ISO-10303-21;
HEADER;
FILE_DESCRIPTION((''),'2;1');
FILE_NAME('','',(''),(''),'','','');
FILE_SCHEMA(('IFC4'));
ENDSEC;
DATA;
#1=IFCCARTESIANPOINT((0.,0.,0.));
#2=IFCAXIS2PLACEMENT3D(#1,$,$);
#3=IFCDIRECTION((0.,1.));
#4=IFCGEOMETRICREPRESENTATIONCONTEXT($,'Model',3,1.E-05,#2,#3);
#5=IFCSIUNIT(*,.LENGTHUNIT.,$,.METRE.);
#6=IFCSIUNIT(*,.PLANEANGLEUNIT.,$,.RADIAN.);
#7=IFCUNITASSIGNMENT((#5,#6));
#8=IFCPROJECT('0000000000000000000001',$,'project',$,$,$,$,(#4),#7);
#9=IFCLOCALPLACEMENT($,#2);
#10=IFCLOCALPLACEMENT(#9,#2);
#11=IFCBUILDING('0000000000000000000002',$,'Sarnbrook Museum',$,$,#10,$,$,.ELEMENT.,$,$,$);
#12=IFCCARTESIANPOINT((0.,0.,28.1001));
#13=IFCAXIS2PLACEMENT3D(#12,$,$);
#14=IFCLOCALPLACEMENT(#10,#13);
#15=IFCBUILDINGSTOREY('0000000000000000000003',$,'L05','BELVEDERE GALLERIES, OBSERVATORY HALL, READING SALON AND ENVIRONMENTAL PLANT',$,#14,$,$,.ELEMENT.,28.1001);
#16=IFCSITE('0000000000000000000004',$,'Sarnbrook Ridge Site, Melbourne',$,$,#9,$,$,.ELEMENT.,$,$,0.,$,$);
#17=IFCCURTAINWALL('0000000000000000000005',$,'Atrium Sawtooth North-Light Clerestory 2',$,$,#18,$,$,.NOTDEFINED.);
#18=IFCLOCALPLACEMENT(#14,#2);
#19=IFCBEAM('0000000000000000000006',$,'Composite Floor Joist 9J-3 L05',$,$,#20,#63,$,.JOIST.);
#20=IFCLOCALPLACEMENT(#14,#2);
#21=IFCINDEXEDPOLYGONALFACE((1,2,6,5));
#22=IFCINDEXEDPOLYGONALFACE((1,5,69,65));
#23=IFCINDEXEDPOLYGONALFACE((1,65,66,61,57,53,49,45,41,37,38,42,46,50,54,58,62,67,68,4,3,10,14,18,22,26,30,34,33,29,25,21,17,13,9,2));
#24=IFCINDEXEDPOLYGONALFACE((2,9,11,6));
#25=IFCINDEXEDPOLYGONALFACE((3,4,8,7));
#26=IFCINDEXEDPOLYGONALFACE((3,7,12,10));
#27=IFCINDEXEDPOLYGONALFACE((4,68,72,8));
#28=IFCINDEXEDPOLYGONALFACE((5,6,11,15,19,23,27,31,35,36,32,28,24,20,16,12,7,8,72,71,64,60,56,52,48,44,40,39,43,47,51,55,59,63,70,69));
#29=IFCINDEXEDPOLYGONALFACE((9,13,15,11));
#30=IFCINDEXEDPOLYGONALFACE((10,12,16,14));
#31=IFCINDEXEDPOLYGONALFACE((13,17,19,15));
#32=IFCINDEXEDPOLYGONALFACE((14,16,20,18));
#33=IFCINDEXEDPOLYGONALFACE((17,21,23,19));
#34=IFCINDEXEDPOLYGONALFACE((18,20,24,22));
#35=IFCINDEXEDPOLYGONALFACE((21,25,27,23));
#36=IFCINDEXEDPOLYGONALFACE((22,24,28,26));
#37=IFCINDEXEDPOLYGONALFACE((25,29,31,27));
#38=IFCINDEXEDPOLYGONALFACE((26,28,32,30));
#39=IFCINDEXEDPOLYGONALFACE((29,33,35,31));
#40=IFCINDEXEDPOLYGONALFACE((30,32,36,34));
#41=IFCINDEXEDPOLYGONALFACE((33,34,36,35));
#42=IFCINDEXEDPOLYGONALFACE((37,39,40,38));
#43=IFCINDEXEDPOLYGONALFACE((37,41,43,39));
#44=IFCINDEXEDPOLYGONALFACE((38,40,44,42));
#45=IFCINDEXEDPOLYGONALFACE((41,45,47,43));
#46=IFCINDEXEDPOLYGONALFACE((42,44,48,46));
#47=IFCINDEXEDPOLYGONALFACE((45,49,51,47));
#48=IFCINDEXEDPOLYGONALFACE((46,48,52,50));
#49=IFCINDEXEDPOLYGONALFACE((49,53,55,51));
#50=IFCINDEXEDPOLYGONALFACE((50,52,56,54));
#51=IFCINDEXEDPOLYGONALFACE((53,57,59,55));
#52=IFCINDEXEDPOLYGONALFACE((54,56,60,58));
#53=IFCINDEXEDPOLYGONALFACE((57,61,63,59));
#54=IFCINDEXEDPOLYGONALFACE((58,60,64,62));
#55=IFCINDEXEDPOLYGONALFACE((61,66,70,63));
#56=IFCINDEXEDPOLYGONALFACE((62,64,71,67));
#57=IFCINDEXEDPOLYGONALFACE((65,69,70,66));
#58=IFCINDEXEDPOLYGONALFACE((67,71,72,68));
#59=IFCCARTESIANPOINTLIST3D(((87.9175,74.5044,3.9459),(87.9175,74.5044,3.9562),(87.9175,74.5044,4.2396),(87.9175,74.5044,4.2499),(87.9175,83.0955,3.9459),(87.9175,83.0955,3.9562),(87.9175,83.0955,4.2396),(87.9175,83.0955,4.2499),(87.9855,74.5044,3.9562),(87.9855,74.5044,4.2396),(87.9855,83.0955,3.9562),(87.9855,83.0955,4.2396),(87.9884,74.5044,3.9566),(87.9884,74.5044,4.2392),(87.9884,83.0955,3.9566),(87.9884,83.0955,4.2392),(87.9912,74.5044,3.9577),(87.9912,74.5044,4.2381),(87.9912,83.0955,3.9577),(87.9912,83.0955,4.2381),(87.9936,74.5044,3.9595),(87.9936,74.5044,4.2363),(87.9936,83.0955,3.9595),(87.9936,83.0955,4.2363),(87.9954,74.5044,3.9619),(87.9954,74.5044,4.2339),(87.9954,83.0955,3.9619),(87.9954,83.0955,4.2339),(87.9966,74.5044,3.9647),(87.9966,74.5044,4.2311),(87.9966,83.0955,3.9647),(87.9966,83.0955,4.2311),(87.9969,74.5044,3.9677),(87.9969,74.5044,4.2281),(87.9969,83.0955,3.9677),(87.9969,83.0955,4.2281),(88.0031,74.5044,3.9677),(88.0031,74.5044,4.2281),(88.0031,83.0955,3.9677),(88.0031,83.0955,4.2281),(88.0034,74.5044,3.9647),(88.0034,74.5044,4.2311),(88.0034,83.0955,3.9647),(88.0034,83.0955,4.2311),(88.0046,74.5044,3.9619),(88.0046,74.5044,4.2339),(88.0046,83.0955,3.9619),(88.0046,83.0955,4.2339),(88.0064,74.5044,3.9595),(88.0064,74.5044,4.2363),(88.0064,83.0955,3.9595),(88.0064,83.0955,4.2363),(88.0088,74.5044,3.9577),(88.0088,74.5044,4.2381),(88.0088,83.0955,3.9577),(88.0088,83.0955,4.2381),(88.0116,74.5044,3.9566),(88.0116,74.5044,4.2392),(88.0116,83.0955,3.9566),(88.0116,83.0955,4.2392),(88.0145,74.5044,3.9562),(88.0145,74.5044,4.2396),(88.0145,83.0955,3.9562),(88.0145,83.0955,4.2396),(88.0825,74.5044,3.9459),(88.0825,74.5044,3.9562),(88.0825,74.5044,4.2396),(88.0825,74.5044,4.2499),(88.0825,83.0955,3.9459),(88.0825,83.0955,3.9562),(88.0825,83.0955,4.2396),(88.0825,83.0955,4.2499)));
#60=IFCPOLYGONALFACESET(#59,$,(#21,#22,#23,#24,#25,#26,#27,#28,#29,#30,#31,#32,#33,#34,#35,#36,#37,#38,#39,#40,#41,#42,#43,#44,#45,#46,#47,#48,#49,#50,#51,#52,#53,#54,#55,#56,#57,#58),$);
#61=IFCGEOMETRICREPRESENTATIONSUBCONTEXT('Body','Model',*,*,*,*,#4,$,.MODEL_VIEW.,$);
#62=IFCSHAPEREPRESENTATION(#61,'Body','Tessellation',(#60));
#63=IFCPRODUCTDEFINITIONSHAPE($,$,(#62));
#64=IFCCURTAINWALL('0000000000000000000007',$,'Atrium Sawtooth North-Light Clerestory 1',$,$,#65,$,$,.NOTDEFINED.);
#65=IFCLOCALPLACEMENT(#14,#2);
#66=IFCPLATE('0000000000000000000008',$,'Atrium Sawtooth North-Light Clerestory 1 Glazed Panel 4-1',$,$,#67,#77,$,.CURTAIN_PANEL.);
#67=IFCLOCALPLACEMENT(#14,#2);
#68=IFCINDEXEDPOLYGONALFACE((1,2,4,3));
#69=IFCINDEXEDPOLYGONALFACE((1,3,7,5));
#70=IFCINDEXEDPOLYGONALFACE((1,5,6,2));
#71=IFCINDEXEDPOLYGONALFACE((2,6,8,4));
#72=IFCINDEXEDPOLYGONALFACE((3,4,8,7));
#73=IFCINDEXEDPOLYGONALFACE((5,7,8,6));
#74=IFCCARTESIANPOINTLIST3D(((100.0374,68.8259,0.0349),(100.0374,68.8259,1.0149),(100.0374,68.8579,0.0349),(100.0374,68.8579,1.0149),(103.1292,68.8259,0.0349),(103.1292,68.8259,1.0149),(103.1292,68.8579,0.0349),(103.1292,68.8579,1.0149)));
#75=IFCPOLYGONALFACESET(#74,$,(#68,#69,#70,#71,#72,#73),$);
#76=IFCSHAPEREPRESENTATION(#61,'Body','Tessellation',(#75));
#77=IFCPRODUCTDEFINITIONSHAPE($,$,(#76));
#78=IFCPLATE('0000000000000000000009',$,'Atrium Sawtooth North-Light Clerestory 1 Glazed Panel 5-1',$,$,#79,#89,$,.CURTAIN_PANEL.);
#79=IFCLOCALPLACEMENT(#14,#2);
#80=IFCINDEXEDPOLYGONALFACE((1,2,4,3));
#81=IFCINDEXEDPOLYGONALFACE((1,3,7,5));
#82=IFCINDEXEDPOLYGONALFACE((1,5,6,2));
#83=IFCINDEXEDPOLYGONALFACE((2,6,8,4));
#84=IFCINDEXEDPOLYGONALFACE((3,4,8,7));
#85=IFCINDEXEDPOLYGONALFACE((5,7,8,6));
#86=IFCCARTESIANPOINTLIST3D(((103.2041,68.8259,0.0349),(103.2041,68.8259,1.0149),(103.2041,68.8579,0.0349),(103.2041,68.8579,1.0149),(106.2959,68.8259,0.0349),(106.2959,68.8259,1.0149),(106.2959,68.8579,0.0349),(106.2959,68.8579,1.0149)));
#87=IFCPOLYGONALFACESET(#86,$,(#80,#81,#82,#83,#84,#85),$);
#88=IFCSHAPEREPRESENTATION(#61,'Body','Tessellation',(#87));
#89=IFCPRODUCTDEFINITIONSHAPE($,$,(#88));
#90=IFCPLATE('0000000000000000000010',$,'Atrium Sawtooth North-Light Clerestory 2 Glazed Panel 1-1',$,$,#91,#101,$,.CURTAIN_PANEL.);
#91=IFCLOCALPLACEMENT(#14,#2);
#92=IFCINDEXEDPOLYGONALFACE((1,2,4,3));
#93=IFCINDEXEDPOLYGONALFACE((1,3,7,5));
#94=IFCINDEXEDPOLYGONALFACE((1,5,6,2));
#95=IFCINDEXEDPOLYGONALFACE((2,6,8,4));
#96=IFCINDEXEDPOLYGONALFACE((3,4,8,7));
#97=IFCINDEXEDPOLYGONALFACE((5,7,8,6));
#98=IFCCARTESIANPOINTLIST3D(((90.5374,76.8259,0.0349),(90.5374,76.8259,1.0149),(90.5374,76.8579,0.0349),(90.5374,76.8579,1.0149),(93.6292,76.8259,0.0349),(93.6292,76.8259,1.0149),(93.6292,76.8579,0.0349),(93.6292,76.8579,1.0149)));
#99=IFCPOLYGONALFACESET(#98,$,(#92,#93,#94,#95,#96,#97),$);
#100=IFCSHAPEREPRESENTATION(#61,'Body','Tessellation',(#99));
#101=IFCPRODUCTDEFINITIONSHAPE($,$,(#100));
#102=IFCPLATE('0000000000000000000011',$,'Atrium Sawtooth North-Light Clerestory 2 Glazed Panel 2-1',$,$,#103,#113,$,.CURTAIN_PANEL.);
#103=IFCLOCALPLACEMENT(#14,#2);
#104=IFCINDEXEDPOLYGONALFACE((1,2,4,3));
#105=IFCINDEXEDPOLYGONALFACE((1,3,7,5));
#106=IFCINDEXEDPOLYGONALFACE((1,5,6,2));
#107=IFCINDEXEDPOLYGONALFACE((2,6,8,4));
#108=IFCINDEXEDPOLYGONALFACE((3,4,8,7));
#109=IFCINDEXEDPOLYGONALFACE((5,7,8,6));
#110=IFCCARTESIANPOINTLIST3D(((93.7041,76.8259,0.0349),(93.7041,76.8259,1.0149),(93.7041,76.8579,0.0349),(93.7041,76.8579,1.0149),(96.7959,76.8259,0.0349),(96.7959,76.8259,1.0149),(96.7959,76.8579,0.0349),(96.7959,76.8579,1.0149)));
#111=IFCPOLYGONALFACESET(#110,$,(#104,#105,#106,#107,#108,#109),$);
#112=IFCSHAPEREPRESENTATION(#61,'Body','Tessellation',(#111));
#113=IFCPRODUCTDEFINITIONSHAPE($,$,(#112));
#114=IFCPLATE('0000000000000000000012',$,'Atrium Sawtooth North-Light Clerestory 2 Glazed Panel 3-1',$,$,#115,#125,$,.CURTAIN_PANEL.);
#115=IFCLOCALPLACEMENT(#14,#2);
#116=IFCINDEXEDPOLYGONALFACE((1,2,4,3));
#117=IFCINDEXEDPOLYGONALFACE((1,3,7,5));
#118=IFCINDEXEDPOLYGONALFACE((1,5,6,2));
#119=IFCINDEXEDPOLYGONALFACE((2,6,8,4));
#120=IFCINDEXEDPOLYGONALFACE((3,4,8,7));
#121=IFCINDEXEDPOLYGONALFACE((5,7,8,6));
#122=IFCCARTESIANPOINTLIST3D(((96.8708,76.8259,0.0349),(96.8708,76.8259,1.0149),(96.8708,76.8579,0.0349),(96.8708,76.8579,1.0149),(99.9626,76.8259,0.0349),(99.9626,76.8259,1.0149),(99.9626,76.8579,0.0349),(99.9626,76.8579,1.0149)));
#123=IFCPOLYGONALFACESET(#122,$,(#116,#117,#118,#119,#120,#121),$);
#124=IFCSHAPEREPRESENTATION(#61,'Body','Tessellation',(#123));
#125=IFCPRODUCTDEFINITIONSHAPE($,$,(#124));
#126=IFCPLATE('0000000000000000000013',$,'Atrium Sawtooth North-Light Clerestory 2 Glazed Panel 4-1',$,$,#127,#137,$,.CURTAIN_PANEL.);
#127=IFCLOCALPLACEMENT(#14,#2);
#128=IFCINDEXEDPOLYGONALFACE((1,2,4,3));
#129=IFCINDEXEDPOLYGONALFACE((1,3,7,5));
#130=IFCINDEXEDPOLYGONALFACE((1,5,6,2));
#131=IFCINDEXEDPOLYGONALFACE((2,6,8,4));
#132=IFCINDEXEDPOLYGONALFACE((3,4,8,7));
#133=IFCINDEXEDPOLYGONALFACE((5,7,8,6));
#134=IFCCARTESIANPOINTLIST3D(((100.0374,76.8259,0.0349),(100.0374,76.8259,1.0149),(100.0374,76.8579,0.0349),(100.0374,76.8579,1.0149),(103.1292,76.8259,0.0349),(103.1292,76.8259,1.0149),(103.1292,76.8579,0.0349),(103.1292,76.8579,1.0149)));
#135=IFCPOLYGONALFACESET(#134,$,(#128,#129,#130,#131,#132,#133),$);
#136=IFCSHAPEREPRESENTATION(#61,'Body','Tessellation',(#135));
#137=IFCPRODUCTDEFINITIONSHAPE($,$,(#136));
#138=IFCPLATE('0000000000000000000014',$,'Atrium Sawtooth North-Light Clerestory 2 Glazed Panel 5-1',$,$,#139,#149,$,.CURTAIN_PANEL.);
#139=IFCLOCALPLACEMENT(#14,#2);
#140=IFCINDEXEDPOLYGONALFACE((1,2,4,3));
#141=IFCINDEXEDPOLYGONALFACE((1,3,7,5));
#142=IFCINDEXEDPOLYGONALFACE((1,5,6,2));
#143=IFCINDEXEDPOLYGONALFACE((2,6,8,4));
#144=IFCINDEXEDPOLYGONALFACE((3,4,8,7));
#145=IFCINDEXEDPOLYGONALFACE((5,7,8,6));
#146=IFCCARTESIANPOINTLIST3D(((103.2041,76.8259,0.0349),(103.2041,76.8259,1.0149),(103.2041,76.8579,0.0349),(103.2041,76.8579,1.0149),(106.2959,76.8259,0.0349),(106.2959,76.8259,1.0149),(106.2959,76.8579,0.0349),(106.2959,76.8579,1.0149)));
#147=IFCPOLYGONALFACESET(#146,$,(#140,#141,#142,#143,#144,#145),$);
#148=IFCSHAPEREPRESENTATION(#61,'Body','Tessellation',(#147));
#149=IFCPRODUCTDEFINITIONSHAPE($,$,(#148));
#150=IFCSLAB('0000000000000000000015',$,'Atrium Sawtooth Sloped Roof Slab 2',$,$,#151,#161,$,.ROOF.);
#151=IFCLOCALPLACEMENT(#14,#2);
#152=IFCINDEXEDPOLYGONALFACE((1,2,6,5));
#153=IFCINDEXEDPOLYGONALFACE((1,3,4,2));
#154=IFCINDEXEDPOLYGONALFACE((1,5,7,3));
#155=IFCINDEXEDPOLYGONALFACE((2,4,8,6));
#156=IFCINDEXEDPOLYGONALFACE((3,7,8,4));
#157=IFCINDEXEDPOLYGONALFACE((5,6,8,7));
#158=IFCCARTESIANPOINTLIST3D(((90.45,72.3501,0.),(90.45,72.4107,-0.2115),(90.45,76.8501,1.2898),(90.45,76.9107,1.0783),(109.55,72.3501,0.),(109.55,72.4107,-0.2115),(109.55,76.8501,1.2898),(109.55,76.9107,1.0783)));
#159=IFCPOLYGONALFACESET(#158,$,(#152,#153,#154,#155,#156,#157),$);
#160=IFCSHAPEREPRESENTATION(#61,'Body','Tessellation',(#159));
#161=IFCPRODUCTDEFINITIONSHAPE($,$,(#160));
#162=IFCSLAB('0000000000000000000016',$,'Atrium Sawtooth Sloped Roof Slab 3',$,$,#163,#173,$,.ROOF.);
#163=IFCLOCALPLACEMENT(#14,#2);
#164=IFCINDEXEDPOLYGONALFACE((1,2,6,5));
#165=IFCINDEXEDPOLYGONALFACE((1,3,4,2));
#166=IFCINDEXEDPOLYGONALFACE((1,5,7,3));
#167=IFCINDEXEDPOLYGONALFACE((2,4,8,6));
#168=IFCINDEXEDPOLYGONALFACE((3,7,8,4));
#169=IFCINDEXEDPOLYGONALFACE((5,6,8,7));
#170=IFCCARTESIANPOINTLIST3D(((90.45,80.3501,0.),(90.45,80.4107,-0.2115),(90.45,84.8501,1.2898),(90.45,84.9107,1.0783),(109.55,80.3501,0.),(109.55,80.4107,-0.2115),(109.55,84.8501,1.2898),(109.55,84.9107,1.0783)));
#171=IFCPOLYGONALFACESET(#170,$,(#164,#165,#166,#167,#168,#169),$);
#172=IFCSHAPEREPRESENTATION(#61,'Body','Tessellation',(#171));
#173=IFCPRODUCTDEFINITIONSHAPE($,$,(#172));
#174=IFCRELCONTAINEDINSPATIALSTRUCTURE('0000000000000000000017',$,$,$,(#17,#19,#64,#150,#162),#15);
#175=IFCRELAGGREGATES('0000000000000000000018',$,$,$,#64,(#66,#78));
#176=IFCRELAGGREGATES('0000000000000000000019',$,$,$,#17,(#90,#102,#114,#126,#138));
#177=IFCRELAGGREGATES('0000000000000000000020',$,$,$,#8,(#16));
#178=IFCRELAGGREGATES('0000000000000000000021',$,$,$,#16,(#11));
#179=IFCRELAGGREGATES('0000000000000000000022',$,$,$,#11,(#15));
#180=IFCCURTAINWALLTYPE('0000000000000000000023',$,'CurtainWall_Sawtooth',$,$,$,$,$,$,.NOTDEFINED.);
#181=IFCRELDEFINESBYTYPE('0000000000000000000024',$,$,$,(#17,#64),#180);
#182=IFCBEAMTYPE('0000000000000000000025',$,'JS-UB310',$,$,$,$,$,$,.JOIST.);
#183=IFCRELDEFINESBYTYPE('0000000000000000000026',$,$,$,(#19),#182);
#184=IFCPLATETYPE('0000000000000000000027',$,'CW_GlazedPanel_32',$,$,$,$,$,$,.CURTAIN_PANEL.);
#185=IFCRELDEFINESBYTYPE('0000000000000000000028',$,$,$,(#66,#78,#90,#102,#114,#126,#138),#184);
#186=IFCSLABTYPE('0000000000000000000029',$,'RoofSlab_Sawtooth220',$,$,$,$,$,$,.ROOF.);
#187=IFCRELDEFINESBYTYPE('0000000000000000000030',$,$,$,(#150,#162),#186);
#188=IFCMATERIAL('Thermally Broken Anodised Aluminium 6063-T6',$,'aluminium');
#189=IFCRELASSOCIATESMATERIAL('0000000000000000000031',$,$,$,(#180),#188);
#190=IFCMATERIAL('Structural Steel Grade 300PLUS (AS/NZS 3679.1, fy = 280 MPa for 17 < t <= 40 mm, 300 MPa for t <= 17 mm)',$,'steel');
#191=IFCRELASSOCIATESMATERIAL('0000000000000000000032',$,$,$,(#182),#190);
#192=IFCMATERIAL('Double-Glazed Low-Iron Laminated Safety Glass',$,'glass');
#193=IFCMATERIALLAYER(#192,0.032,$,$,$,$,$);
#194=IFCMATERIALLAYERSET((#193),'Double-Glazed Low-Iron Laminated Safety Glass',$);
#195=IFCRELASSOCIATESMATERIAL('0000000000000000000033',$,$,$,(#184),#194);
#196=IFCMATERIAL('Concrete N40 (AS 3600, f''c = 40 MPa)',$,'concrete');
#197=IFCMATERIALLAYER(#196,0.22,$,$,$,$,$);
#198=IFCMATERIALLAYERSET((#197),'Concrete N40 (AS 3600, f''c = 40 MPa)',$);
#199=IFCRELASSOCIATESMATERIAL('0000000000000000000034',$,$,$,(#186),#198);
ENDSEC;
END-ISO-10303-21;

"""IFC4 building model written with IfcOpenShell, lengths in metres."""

from ifc_helpers import new_model, si_unit, direction, frame, origin, origin_2d, place, context, subcontext, project, spatial, polyline, rectangle, i_section, outline, extrude, material, layer, layer_set, material_profile, profile_set, type_object, element, aggregate, save


model = new_model("IFC4")

# Units and contexts
model_context = context("Model", 3, precision=1e-05, world=origin(), true_north=direction((0.0, 1.0)))
body_context = subcontext(model_context, "Body", "Model", "MODEL_VIEW")
ifc_project = project(units=[si_unit("LENGTHUNIT", "METRE"), si_unit("PLANEANGLEUNIT", "RADIAN")], contexts=[model_context])

# Site, building, storey
site_placement = place(None, origin())
site = spatial("IfcSite", under=ifc_project, at=site_placement, Name="Sarnbrook Ridge Site, Melbourne", CompositionType="ELEMENT", RefElevation=0.0)
building_placement = place(site_placement, origin())
building = spatial("IfcBuilding", under=site, at=building_placement, Name="Sarnbrook Museum", CompositionType="ELEMENT")
storey_placement = place(building_placement, frame((0.0, 0.0, 28.1001)))
storey = spatial("IfcBuildingStorey", under=building, at=storey_placement, Name="L05", Description="BELVEDERE GALLERIES, OBSERVATORY HALL, READING SALON AND ENVIRONMENTAL PLANT", CompositionType="ELEMENT", Elevation=28.1001)

# Shared definitions
ifc_material_1 = material(Name="Structural Steel Grade 300PLUS (AS/NZS 3679.1, fy = 280 MPa for 17 < t <= 40 mm, 300 MPa for t <= 17 mm)", Category="steel")

# Curtain wall
ifc_material_2 = material(Name="Thermally Broken Anodised Aluminium 6063-T6", Category="aluminium")
curtain_wall_type = type_object("IfcCurtainWallType", Name="CurtainWall_Sawtooth", PredefinedType="NOTDEFINED", material=ifc_material_2)
curtain_wall_1_placement = place(storey_placement, origin())
curtain_wall_1 = element("IfcCurtainWall", 1, at=curtain_wall_1_placement, inside=storey, type_object=curtain_wall_type, Name="Atrium Sawtooth North-Light Clerestory 2", PredefinedType="NOTDEFINED")

# Beam
ifc_material_profile_1 = material_profile(ifc_material_1, i_section(OverallWidth=0.165, OverallDepth=0.304, WebThickness=0.0061, FlangeThickness=0.0103, FilletRadius=0.0115, at=origin_2d()), Name="310UB40.4")
ifc_profile_set_1 = profile_set([ifc_material_profile_1], Name="Structural Steel Grade 300PLUS (AS/NZS 3679.1, fy = 280 MPa for 17 < t <= 40 mm, 300 MPa for t <= 17 mm)")
beam_type_1 = type_object("IfcBeamType", Name="JS-UB310", PredefinedType="JOIST", material=ifc_profile_set_1)
beam_1_placement = place(storey_placement, frame((88.0, 74.5044, 4.0979), z_axis=(0.0, 1.0, 0.0), x_axis=(-1.0, 0.0, 0.0)))
element("IfcBeam", 2, at=beam_1_placement, inside=storey, type_object=beam_type_1, Name="Composite Floor Joist 9J-3 L05", PredefinedType="JOIST", context=body_context, shape_type="SweptSolid", body=[
    extrude(i_section(OverallWidth=0.165, OverallDepth=0.304, WebThickness=0.0061, FlangeThickness=0.0103, FilletRadius=0.0115, at=origin_2d()), origin(), (0.0, 0.0, 1.0), 8.5911),
])

# Curtain wall, plates
curtain_wall_2_placement = place(storey_placement, origin())
curtain_wall_2 = element("IfcCurtainWall", 3, at=curtain_wall_2_placement, inside=storey, type_object=curtain_wall_type, Name="Atrium Sawtooth North-Light Clerestory 1", PredefinedType="NOTDEFINED")
ifc_material_3 = material(Name="Double-Glazed Low-Iron Laminated Safety Glass", Category="glass")
ifc_layer_1 = layer(ifc_material_3, 0.032)
ifc_layer_set_1 = layer_set([ifc_layer_1], Name="Double-Glazed Low-Iron Laminated Safety Glass")
plate_type = type_object("IfcPlateType", Name="CW_GlazedPanel_32", PredefinedType="CURTAIN_PANEL", material=ifc_layer_set_1)
plate_1_placement = place(storey_placement, frame((101.5833, 68.8579, 0.5249), z_axis=(0.0, -1.0, 0.0), x_axis=(1.0, 0.0, 0.0)))
plate_1 = element("IfcPlate", 4, at=plate_1_placement, type_object=plate_type, Name="Atrium Sawtooth North-Light Clerestory 1 Glazed Panel 4-1", PredefinedType="CURTAIN_PANEL", context=body_context, shape_type="SweptSolid", body=[
    extrude(rectangle(XDim=3.0918, YDim=0.98, at=origin_2d()), origin(), (0.0, 0.0, 1.0), 0.032),
])
plate_2_placement = place(storey_placement, frame((104.75, 68.8579, 0.5249), z_axis=(0.0, -1.0, 0.0), x_axis=(1.0, 0.0, 0.0)))
plate_2 = element("IfcPlate", 5, at=plate_2_placement, type_object=plate_type, Name="Atrium Sawtooth North-Light Clerestory 1 Glazed Panel 5-1", PredefinedType="CURTAIN_PANEL", context=body_context, shape_type="SweptSolid", body=[
    extrude(rectangle(XDim=3.0918, YDim=0.98, at=origin_2d()), origin(), (0.0, 0.0, 1.0), 0.032),
])
aggregate(curtain_wall_2, [plate_1, plate_2])

# Plates
plate_3_placement = place(storey_placement, frame((92.0833, 76.8579, 0.5249), z_axis=(0.0, -1.0, 0.0), x_axis=(1.0, 0.0, 0.0)))
plate_3 = element("IfcPlate", 6, at=plate_3_placement, type_object=plate_type, Name="Atrium Sawtooth North-Light Clerestory 2 Glazed Panel 1-1", PredefinedType="CURTAIN_PANEL", context=body_context, shape_type="SweptSolid", body=[
    extrude(rectangle(XDim=3.0918, YDim=0.98, at=origin_2d()), origin(), (0.0, 0.0, 1.0), 0.032),
])
plate_4_placement = place(storey_placement, frame((95.25, 76.8579, 0.5249), z_axis=(0.0, -1.0, 0.0), x_axis=(1.0, 0.0, 0.0)))
plate_4 = element("IfcPlate", 7, at=plate_4_placement, type_object=plate_type, Name="Atrium Sawtooth North-Light Clerestory 2 Glazed Panel 2-1", PredefinedType="CURTAIN_PANEL", context=body_context, shape_type="SweptSolid", body=[
    extrude(rectangle(XDim=3.0918, YDim=0.98, at=origin_2d()), origin(), (0.0, 0.0, 1.0), 0.032),
])
plate_5_placement = place(storey_placement, frame((98.4167, 76.8579, 0.5249), z_axis=(0.0, -1.0, 0.0), x_axis=(1.0, 0.0, 0.0)))
plate_5 = element("IfcPlate", 8, at=plate_5_placement, type_object=plate_type, Name="Atrium Sawtooth North-Light Clerestory 2 Glazed Panel 3-1", PredefinedType="CURTAIN_PANEL", context=body_context, shape_type="SweptSolid", body=[
    extrude(rectangle(XDim=3.0918, YDim=0.98, at=origin_2d()), origin(), (0.0, 0.0, 1.0), 0.032),
])
plate_6_placement = place(storey_placement, frame((101.5833, 76.8579, 0.5249), z_axis=(0.0, -1.0, 0.0), x_axis=(1.0, 0.0, 0.0)))
plate_6 = element("IfcPlate", 9, at=plate_6_placement, type_object=plate_type, Name="Atrium Sawtooth North-Light Clerestory 2 Glazed Panel 4-1", PredefinedType="CURTAIN_PANEL", context=body_context, shape_type="SweptSolid", body=[
    extrude(rectangle(XDim=3.0918, YDim=0.98, at=origin_2d()), origin(), (0.0, 0.0, 1.0), 0.032),
])
plate_7_placement = place(storey_placement, frame((104.75, 76.8579, 0.5249), z_axis=(0.0, -1.0, 0.0), x_axis=(1.0, 0.0, 0.0)))
plate_7 = element("IfcPlate", 10, at=plate_7_placement, type_object=plate_type, Name="Atrium Sawtooth North-Light Clerestory 2 Glazed Panel 5-1", PredefinedType="CURTAIN_PANEL", context=body_context, shape_type="SweptSolid", body=[
    extrude(rectangle(XDim=3.0918, YDim=0.98, at=origin_2d()), origin(), (0.0, 0.0, 1.0), 0.032),
])
aggregate(curtain_wall_1, [plate_3, plate_4, plate_5, plate_6, plate_7])

# Slabs
ifc_material_4 = material(Name="Concrete N40 (AS 3600, f'c = 40 MPa)", Category="concrete")
ifc_layer_2 = layer(ifc_material_4, 0.22)
ifc_layer_set_2 = layer_set([ifc_layer_2], Name="Concrete N40 (AS 3600, f'c = 40 MPa)")
slab_type = type_object("IfcSlabType", Name="RoofSlab_Sawtooth220", PredefinedType="ROOF", material=ifc_layer_set_2)
for number, where, z_axis, x_axis, name in (
    (11, (90.45, 72.3501, 0.0), (0.0, -0.275527, 0.961293), (1.0, 0.0, 0.0), "Atrium Sawtooth Sloped Roof Slab 2"),
    (12, (90.45, 80.3501, 0.0), (0.0, -0.275527, 0.961293), (1.0, 0.0, 0.0), "Atrium Sawtooth Sloped Roof Slab 3"),
):
    element("IfcSlab", number, at=place(storey_placement, frame(where, z_axis=z_axis, x_axis=x_axis)), inside=storey, type_object=slab_type, Name=name, PredefinedType="ROOF", context=body_context, shape_type="SweptSolid", body=[
        extrude(outline(polyline([(0.0, 0.0), (19.1001, 0.0), (19.1001, 4.6812), (0.0, 4.6812), (0.0, 0.0)])), origin(), (0.0, 0.0, -1.0), 0.22),
    ])

save(model, "model.ifc")
